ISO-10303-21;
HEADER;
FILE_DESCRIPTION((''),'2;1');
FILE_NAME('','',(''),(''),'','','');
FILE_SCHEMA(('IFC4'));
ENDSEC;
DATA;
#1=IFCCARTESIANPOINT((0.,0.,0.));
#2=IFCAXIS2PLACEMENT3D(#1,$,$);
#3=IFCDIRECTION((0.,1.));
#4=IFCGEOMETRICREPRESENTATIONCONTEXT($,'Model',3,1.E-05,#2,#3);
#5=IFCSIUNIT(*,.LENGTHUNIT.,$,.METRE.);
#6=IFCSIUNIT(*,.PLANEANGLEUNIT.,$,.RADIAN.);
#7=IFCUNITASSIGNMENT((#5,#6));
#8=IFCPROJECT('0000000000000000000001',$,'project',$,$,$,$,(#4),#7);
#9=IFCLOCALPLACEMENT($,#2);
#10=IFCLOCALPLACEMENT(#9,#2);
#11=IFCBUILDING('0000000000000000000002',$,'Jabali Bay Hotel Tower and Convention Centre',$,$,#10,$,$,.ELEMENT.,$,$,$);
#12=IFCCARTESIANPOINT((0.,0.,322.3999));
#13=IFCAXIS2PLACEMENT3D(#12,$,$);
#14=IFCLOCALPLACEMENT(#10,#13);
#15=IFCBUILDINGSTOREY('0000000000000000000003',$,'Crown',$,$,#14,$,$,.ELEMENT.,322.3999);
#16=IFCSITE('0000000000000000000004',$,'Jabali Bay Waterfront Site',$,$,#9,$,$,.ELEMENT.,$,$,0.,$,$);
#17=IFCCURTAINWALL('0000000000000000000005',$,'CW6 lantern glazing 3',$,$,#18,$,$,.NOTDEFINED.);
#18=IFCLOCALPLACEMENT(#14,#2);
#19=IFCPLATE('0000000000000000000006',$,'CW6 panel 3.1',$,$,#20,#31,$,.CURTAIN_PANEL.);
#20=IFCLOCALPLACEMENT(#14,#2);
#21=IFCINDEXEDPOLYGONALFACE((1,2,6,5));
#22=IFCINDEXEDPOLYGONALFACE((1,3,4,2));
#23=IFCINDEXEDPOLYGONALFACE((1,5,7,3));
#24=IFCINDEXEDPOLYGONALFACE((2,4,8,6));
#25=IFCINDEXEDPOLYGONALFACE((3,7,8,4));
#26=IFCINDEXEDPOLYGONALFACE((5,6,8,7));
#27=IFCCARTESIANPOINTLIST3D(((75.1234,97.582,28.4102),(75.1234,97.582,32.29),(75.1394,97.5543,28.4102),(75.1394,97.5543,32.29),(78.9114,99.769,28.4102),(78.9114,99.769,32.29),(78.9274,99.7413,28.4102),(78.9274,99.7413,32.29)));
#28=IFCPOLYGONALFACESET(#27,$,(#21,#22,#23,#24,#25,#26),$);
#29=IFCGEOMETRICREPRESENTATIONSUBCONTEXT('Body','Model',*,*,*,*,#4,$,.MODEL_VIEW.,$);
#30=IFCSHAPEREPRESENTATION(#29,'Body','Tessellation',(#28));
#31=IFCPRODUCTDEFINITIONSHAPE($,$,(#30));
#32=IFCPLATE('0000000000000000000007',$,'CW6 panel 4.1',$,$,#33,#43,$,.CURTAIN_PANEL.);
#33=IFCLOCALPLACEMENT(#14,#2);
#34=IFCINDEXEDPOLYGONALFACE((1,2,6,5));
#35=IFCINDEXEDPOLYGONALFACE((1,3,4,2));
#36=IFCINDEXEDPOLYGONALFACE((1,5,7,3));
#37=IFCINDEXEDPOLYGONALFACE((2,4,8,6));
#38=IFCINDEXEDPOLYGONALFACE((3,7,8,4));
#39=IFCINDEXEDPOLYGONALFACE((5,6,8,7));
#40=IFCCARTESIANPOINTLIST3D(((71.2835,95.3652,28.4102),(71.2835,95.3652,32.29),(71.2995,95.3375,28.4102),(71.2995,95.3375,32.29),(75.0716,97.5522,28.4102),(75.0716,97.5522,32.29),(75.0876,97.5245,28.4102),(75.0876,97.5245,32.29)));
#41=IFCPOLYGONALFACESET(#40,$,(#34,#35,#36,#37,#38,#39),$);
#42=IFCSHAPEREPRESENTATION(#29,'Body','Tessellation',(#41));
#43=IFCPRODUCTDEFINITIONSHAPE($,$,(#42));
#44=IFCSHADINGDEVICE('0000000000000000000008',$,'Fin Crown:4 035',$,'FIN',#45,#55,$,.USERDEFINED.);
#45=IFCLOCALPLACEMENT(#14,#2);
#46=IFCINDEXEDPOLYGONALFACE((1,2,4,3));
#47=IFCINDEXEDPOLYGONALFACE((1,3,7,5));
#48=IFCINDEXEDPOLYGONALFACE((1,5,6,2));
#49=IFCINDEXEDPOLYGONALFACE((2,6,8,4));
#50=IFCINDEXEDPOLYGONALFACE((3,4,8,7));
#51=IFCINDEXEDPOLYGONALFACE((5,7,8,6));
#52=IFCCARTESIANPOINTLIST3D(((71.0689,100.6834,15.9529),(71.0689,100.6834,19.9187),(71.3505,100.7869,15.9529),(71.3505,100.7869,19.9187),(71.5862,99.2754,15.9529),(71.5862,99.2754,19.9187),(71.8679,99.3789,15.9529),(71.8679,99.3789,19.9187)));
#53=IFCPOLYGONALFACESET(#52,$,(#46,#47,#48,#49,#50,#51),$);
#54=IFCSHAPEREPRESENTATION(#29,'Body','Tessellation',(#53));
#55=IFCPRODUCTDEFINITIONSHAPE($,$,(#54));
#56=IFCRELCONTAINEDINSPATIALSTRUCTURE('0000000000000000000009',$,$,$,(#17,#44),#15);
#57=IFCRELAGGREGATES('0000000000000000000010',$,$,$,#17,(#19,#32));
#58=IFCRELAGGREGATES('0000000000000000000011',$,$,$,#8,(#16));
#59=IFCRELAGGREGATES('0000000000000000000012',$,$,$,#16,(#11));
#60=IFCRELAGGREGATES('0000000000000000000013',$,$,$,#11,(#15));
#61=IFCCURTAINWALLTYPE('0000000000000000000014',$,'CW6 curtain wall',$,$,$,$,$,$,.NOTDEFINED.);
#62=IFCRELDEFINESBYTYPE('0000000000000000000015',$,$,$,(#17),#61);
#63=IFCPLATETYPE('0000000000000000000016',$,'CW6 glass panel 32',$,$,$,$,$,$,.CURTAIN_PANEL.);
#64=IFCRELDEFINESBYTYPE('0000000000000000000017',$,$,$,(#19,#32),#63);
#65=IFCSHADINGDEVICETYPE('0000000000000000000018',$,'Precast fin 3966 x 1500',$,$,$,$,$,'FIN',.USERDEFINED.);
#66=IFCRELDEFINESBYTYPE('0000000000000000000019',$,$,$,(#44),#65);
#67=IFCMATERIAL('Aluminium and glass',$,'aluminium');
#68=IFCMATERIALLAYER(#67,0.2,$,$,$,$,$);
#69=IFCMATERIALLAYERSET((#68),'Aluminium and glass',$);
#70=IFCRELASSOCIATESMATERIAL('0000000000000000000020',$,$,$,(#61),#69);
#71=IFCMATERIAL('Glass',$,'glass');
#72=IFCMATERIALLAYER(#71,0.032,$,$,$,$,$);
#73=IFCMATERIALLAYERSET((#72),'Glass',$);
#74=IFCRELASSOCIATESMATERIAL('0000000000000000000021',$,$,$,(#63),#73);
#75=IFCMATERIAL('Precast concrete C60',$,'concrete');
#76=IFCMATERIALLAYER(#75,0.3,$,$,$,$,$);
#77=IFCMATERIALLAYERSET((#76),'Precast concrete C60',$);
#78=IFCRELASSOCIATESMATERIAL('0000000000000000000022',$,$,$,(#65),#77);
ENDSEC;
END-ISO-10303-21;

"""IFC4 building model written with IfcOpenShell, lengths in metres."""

from ifc_helpers import new_model, si_unit, direction, frame, frame_2d, origin, origin_2d, place, context, subcontext, project, spatial, rectangle, extrude, material, layer, layer_set, type_object, element, aggregate, save


model = new_model("IFC4")

# Units and contexts
model_context = context("Model", 3, precision=1e-05, world=origin(), true_north=direction((0.0, 1.0)))
body_context = subcontext(model_context, "Body", "Model", "MODEL_VIEW")
ifc_project = project(units=[si_unit("LENGTHUNIT", "METRE"), si_unit("PLANEANGLEUNIT", "RADIAN")], contexts=[model_context])

# Site, building, storey
site_placement = place(None, origin())
site = spatial("IfcSite", under=ifc_project, at=site_placement, Name="Jabali Bay Waterfront Site", CompositionType="ELEMENT", RefElevation=0.0)
building_placement = place(site_placement, origin())
building = spatial("IfcBuilding", under=site, at=building_placement, Name="Jabali Bay Hotel Tower and Convention Centre", CompositionType="ELEMENT")
storey_placement = place(building_placement, frame((0.0, 0.0, 322.3999)))
storey = spatial("IfcBuildingStorey", under=building, at=storey_placement, Name="Crown", CompositionType="ELEMENT", Elevation=322.3999)

# Curtain wall
ifc_material_1 = material(Name="Aluminium and glass", Category="aluminium")
ifc_layer_1 = layer(ifc_material_1, 0.2)
ifc_layer_set_1 = layer_set([ifc_layer_1], Name="Aluminium and glass")
curtain_wall_type = type_object("IfcCurtainWallType", Name="CW6 curtain wall", PredefinedType="NOTDEFINED", material=ifc_layer_set_1)
curtain_wall_1_placement = place(storey_placement, origin())
curtain_wall_1 = element("IfcCurtainWall", 1, at=curtain_wall_1_placement, inside=storey, type_object=curtain_wall_type, Name="CW6 lantern glazing 3", PredefinedType="NOTDEFINED")

# Plates
ifc_material_2 = material(Name="Glass", Category="glass")
ifc_layer_2 = layer(ifc_material_2, 0.032)
ifc_layer_set_2 = layer_set([ifc_layer_2], Name="Glass")
plate_type = type_object("IfcPlateType", Name="CW6 glass panel 32", PredefinedType="CURTAIN_PANEL", material=ifc_layer_set_2)
plate_1_placement = place(storey_placement, frame((77.0254, 98.6616, 28.4102), z_axis=(0.0, 0.0, 1.0), x_axis=(-0.866025, -0.5, 0.0)))
plate_1 = element("IfcPlate", 2, at=plate_1_placement, type_object=plate_type, Name="CW6 panel 3.1", PredefinedType="CURTAIN_PANEL", context=body_context, shape_type="SweptSolid", body=[
    extrude(rectangle(XDim=4.374, YDim=0.032, at=origin_2d()), origin(), (0.0, 0.0, 1.0), 3.8799),
])
plate_2_placement = place(storey_placement, frame((73.1855, 96.4448, 28.4102), z_axis=(0.0, 0.0, 1.0), x_axis=(-0.866025, -0.5, 0.0)))
plate_2 = element("IfcPlate", 3, at=plate_2_placement, type_object=plate_type, Name="CW6 panel 4.1", PredefinedType="CURTAIN_PANEL", context=body_context, shape_type="SweptSolid", body=[
    extrude(rectangle(XDim=4.374, YDim=0.032, at=origin_2d()), origin(), (0.0, 0.0, 1.0), 3.8799),
])
aggregate(curtain_wall_1, [plate_1, plate_2])

# Shading device
ifc_material_3 = material(Name="Precast concrete C60", Category="concrete")
ifc_layer_3 = layer(ifc_material_3, 0.3)
ifc_layer_set_3 = layer_set([ifc_layer_3], Name="Precast concrete C60")
shading_device_type = type_object("IfcShadingDeviceType", Name="Precast fin 3966 x 1500", ElementType="FIN", PredefinedType="USERDEFINED", material=ifc_layer_set_3)
shading_device_placement = place(storey_placement, frame((71.7271, 99.3271, 15.9529), z_axis=(0.0, 0.0, 1.0), x_axis=(-0.344891, 0.938643, 0.0)))
element("IfcShadingDevice", 4, at=shading_device_placement, inside=storey, type_object=shading_device_type, Name="Fin Crown:4 035", ObjectType="FIN", PredefinedType="USERDEFINED", context=body_context, shape_type="SweptSolid", body=[
    extrude(rectangle(XDim=1.5, YDim=0.3, at=frame_2d((0.75, 0.0))), origin(), (0.0, 0.0, 1.0), 3.9658),
])

save(model, "model.ifc")
